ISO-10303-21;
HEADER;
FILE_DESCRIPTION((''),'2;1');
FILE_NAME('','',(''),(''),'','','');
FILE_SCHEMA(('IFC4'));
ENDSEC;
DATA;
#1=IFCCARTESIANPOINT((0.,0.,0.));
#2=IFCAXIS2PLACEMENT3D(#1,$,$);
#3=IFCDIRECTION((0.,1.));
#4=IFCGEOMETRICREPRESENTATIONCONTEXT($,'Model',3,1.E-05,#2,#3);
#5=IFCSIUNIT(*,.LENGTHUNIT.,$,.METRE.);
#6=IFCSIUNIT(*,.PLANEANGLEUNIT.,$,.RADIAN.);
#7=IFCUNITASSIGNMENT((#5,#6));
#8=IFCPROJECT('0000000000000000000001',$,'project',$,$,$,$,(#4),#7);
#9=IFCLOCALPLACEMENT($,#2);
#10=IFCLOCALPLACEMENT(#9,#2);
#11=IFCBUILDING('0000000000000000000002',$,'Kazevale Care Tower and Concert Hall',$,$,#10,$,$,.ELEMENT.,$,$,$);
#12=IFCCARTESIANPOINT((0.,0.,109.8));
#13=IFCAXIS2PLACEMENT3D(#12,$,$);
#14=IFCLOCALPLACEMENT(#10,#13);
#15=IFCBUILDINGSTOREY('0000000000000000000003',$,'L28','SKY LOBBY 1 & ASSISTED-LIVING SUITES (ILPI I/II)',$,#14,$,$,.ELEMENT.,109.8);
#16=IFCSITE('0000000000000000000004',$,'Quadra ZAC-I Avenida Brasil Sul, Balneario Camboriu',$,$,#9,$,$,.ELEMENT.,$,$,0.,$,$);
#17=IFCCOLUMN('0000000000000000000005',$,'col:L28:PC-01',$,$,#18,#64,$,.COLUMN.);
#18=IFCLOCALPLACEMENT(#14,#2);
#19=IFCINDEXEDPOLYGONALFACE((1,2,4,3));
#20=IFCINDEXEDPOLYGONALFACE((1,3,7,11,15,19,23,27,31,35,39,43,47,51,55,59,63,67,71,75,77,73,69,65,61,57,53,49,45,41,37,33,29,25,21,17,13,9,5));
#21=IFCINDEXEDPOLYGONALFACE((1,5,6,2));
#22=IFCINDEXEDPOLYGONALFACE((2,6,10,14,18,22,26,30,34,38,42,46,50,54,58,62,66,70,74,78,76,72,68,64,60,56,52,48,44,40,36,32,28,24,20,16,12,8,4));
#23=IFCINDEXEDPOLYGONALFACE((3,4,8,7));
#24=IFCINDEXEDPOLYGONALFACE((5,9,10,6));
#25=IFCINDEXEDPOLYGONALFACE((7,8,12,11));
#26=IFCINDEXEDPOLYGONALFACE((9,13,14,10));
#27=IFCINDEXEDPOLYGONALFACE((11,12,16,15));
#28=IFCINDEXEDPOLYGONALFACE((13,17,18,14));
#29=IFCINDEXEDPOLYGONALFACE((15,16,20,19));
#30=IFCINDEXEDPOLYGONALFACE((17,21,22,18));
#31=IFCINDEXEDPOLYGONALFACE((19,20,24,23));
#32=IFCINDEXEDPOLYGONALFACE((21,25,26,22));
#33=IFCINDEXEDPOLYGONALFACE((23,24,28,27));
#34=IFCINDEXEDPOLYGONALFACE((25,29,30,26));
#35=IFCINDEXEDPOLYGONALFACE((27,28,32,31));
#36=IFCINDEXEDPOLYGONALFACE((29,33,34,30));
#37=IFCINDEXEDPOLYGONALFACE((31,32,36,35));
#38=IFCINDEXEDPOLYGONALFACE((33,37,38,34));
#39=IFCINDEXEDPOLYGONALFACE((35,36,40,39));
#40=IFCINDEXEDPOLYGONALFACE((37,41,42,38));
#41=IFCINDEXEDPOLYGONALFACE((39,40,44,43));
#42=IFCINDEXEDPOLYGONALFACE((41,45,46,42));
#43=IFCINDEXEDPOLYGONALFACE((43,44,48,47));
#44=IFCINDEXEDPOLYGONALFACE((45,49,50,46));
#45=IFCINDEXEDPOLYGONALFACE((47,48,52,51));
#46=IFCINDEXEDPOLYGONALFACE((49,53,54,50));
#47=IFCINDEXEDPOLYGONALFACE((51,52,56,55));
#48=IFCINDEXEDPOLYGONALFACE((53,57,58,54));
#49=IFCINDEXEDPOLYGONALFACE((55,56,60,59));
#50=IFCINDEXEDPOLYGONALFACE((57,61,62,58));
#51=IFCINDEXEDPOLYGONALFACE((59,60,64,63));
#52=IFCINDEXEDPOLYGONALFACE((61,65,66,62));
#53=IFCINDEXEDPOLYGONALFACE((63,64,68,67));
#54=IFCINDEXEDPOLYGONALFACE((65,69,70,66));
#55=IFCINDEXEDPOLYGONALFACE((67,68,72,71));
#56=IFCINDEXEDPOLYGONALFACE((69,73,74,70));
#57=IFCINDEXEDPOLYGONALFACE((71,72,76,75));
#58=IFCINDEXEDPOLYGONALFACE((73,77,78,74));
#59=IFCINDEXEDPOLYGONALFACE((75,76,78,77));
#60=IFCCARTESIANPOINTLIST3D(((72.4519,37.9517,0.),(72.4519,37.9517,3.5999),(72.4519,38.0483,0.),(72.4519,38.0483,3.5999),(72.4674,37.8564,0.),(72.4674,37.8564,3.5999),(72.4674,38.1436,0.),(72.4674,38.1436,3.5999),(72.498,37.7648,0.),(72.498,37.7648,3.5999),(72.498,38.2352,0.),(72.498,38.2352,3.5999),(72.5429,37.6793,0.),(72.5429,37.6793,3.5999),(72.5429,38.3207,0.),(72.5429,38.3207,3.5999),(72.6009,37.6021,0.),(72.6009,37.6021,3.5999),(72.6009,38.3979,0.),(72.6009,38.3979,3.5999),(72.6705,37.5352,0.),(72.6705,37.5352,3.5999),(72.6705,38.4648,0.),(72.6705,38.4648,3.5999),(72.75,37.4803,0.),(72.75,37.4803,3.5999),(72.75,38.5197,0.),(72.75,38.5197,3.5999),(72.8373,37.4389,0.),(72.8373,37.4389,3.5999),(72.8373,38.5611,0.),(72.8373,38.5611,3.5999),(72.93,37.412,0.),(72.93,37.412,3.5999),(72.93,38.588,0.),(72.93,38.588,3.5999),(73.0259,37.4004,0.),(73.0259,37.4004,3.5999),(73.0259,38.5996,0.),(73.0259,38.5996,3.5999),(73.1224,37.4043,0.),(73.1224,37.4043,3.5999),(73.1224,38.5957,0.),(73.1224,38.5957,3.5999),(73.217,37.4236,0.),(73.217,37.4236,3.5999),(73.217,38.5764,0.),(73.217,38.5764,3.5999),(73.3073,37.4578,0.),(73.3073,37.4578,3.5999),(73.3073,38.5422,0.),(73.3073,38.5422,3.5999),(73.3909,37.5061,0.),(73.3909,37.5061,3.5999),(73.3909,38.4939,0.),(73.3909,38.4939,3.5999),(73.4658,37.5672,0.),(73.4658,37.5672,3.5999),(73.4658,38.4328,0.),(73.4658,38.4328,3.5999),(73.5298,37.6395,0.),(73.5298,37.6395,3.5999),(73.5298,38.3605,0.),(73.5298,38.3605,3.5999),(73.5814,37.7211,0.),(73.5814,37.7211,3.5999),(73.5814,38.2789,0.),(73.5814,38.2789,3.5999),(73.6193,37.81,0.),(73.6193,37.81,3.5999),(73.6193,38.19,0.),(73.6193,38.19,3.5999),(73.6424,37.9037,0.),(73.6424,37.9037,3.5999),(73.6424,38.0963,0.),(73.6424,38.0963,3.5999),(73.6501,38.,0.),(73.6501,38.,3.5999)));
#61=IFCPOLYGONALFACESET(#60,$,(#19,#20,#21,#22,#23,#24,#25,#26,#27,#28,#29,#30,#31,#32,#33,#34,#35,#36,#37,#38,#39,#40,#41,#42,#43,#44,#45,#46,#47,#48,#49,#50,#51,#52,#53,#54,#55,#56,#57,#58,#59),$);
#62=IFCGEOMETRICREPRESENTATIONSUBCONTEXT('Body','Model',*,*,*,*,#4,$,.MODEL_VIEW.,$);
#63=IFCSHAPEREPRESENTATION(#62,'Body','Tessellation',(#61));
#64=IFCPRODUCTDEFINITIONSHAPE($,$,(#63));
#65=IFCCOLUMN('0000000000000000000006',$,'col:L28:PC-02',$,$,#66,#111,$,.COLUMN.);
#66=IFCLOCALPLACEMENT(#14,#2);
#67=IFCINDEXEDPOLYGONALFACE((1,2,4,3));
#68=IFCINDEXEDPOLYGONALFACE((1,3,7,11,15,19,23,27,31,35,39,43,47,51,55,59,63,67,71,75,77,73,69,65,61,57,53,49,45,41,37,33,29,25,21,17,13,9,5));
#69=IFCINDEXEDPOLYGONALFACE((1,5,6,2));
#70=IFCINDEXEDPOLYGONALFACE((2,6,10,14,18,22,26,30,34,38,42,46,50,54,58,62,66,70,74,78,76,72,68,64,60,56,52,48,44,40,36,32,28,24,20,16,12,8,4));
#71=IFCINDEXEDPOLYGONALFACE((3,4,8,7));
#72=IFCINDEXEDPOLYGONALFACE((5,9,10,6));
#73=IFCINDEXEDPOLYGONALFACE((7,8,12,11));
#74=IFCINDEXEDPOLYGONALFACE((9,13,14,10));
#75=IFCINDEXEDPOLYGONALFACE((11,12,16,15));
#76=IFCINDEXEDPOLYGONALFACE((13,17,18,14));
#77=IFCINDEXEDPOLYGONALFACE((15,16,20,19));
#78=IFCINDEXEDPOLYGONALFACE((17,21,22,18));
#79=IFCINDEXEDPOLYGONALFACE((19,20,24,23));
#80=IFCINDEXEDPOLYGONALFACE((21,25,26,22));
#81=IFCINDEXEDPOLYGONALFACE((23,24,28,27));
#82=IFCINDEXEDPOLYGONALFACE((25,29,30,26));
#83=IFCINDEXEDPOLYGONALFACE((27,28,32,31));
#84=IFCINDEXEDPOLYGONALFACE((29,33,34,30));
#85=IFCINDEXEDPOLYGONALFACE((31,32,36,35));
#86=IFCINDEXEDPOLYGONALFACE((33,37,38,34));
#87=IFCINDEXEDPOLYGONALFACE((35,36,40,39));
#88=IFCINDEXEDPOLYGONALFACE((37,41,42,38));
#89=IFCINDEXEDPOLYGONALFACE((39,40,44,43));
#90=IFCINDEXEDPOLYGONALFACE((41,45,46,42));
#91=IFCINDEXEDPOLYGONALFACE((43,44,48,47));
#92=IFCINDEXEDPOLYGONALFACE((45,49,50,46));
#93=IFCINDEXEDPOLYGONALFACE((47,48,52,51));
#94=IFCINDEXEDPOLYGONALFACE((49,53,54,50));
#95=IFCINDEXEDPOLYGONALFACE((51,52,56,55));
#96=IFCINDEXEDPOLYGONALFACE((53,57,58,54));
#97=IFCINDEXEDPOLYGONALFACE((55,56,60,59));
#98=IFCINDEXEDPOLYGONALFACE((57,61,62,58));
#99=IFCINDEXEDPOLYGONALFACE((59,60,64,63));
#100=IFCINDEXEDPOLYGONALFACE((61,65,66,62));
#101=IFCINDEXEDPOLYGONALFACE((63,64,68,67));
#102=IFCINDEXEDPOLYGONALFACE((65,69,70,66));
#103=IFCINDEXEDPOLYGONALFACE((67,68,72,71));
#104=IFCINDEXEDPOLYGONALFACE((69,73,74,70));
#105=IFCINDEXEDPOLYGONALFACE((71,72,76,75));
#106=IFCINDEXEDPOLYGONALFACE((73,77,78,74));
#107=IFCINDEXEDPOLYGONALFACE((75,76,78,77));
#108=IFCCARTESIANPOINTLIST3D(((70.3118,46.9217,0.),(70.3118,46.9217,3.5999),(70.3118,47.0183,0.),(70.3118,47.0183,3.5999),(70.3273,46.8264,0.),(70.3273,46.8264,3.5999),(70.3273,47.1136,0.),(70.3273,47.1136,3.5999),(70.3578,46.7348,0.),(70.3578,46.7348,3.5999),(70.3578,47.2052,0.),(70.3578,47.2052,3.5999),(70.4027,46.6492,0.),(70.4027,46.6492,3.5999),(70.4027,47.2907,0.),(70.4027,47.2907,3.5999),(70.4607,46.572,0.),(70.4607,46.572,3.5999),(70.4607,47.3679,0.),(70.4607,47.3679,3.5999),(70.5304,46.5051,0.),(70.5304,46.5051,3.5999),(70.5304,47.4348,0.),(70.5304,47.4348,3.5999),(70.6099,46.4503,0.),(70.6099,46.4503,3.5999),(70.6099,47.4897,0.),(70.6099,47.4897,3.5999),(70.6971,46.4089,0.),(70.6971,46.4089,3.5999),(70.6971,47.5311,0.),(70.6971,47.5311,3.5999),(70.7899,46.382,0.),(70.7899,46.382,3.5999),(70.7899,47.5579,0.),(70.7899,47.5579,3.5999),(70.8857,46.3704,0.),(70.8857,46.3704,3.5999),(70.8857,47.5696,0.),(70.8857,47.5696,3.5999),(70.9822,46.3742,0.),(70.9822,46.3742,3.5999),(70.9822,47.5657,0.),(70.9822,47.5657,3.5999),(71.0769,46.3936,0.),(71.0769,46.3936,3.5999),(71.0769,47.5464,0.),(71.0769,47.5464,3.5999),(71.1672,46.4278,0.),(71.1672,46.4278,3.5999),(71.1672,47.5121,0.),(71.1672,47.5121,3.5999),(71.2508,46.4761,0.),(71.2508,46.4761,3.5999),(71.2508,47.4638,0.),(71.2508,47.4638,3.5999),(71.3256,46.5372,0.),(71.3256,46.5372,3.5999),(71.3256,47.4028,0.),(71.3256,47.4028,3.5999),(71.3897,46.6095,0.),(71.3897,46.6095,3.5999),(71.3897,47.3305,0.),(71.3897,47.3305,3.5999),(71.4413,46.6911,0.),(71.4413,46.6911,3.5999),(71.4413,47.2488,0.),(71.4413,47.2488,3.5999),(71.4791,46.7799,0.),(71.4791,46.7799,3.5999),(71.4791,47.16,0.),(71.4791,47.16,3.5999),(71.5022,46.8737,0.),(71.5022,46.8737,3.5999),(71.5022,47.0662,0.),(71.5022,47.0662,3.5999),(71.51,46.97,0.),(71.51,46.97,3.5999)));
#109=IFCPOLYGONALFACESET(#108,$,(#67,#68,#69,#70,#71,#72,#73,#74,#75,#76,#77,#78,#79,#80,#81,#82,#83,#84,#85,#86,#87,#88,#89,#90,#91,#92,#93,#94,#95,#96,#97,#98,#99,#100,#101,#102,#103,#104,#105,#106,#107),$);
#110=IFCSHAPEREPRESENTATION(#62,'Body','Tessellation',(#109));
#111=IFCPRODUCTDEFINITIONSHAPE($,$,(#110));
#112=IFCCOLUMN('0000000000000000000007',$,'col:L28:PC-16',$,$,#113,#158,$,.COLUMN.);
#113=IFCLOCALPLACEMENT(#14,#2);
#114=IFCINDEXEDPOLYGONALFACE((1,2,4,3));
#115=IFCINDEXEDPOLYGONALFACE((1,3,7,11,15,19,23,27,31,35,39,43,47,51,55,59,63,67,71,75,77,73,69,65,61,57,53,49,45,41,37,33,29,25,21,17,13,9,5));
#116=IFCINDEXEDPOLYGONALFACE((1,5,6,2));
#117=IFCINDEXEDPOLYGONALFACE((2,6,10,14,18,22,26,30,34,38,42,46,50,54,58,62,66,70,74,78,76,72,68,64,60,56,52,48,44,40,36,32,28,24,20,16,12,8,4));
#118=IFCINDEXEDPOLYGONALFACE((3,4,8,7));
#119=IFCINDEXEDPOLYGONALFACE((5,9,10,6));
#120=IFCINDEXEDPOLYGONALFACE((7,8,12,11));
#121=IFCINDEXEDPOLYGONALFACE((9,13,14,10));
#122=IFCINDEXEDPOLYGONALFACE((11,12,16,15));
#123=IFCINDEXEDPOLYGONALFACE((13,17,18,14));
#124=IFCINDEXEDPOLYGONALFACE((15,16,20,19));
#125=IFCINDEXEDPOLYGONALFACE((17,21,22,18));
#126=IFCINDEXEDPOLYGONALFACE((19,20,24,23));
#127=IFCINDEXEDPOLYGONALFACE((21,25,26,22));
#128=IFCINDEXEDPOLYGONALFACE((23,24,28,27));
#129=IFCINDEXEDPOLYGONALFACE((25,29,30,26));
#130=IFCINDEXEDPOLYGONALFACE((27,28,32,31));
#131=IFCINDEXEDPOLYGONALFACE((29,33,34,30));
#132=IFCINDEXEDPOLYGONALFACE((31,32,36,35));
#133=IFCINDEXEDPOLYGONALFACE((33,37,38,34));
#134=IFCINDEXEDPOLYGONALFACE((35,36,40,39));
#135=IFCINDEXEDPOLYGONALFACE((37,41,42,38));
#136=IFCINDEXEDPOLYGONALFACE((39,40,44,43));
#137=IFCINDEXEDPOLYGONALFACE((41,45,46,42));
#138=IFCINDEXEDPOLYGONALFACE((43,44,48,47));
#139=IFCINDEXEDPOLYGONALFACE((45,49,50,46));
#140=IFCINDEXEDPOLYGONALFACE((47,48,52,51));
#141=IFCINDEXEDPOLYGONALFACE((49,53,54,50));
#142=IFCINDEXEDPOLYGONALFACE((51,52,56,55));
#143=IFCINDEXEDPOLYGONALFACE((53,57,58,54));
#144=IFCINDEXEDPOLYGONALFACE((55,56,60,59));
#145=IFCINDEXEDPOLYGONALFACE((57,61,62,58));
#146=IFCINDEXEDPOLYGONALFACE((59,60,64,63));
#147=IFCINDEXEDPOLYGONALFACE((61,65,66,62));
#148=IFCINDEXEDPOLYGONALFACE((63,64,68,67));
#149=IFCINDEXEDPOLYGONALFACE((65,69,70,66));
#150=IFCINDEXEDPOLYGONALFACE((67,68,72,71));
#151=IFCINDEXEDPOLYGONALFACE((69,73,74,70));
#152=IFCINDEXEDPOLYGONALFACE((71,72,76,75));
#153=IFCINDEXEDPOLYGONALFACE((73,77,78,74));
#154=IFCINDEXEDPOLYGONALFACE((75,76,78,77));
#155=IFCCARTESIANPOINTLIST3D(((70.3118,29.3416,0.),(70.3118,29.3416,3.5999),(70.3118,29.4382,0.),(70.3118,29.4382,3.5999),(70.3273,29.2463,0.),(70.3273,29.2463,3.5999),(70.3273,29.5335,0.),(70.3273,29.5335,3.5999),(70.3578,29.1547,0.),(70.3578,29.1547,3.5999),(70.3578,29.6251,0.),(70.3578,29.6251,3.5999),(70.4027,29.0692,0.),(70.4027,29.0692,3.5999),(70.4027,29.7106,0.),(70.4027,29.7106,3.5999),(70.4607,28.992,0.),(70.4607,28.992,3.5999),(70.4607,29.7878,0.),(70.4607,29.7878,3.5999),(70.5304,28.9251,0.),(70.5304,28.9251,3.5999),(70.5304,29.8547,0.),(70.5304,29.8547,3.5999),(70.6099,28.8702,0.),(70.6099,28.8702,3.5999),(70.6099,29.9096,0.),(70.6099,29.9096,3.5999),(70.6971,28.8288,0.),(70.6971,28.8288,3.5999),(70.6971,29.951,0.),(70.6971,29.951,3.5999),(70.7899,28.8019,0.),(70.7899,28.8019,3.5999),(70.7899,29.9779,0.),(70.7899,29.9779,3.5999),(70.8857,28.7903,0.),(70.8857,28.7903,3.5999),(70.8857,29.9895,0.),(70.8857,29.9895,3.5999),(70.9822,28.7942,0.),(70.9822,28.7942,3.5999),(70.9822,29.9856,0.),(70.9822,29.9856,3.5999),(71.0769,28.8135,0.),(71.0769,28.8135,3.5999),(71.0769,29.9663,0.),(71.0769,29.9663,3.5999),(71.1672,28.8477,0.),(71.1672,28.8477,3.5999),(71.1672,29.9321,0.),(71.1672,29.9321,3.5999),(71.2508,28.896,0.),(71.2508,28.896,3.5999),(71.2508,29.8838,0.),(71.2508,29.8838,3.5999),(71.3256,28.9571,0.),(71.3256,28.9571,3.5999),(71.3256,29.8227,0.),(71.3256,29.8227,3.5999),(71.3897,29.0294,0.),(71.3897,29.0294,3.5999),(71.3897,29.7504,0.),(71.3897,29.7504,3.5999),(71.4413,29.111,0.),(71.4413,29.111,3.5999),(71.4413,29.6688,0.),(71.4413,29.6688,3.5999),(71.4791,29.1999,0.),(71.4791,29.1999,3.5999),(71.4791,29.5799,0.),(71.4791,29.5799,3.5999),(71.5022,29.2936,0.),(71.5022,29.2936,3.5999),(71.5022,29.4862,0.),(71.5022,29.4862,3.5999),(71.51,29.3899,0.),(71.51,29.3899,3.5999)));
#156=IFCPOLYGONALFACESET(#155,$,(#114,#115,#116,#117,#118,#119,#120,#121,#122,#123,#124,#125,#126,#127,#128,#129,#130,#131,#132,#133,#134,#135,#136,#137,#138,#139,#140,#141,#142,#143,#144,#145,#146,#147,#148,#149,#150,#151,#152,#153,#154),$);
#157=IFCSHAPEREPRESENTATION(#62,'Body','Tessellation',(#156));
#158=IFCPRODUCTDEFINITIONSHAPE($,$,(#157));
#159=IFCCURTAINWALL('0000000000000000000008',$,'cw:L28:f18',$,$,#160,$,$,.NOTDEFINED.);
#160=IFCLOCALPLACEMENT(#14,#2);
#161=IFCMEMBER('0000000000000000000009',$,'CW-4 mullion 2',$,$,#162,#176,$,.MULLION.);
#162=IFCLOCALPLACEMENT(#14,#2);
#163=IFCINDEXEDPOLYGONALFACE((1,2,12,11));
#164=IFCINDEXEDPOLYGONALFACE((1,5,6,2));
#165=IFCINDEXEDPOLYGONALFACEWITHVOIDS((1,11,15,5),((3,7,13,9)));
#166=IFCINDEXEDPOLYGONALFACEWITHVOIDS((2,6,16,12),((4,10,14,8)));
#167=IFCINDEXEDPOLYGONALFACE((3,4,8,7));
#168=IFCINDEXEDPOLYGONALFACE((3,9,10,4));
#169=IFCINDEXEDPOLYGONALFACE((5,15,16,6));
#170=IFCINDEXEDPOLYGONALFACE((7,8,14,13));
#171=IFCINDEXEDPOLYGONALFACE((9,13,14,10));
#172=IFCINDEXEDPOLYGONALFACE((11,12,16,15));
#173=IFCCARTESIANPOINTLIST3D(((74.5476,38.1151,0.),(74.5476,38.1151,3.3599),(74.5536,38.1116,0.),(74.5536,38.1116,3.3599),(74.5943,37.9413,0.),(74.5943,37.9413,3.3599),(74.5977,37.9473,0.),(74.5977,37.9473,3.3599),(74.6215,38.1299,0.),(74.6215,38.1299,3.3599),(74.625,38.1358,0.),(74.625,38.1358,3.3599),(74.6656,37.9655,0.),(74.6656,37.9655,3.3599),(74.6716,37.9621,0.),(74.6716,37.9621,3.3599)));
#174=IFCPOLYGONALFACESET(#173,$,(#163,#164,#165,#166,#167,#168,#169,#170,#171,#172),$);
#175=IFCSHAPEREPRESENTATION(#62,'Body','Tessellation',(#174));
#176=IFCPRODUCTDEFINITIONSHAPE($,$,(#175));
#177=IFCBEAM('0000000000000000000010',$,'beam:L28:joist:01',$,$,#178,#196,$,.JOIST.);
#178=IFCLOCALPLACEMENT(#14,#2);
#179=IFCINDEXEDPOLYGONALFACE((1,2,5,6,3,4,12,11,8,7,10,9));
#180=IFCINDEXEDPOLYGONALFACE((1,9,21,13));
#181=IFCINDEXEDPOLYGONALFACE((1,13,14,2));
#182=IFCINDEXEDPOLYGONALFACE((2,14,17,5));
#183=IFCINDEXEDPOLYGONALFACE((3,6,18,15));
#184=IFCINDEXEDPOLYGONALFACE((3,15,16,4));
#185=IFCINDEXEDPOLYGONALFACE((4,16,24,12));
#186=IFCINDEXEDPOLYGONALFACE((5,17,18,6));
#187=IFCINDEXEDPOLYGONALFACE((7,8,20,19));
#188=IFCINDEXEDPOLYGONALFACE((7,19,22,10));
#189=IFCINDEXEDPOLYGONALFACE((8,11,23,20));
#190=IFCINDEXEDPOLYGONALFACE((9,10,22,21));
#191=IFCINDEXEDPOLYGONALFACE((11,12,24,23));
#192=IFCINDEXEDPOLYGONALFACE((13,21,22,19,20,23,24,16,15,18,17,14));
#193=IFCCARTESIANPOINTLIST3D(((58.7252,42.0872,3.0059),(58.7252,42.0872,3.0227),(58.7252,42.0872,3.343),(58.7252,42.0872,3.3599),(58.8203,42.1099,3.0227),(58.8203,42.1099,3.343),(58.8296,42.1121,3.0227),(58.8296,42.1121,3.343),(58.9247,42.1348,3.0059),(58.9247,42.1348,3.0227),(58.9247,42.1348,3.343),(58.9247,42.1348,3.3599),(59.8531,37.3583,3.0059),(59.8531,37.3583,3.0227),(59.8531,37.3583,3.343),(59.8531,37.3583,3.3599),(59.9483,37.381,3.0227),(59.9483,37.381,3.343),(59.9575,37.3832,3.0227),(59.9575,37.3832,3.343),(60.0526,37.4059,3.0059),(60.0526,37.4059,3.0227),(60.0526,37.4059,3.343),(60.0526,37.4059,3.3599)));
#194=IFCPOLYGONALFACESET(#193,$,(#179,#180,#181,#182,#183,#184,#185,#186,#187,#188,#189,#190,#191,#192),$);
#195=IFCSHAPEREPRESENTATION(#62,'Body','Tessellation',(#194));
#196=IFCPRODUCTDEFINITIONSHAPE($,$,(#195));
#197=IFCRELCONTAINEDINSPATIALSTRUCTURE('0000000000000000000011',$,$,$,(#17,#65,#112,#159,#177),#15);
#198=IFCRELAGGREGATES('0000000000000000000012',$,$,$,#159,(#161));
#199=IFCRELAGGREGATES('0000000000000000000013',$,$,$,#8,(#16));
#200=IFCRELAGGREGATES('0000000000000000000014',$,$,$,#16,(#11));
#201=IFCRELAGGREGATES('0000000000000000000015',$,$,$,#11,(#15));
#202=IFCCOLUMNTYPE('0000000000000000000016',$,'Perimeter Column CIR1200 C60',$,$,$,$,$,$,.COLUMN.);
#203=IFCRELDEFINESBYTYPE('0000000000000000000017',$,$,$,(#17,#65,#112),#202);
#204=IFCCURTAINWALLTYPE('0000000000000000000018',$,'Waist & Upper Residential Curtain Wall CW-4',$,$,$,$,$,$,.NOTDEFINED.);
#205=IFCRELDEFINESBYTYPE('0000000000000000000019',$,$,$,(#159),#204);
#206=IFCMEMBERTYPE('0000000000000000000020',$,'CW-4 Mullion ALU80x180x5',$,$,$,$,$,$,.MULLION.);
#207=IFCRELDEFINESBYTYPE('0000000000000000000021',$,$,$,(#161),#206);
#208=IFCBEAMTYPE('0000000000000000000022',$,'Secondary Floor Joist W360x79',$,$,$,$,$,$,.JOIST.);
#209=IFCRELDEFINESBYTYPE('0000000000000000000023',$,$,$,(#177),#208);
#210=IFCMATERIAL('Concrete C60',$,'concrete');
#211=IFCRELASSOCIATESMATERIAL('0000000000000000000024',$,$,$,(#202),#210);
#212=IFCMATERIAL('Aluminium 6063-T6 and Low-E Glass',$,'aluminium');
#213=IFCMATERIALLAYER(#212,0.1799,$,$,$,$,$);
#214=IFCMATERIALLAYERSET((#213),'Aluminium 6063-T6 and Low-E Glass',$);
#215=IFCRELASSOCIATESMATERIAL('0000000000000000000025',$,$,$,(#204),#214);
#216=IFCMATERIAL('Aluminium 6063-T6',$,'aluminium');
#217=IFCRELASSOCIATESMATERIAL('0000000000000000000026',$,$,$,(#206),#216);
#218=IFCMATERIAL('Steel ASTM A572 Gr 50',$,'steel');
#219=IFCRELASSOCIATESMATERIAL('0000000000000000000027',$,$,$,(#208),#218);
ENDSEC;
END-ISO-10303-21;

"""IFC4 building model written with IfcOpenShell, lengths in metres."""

from ifc_helpers import new_model, si_unit, direction, frame, origin, origin_2d, place, context, subcontext, project, spatial, hollow_rectangle, circle, i_section, extrude, material, layer, layer_set, material_profile, profile_set, type_object, element, aggregate, save


model = new_model("IFC4")

# Units and contexts
model_context = context("Model", 3, precision=1e-05, world=origin(), true_north=direction((0.0, 1.0)))
body_context = subcontext(model_context, "Body", "Model", "MODEL_VIEW")
ifc_project = project(units=[si_unit("LENGTHUNIT", "METRE"), si_unit("PLANEANGLEUNIT", "RADIAN")], contexts=[model_context])

# Site, building, storey
site_placement = place(None, origin())
site = spatial("IfcSite", under=ifc_project, at=site_placement, Name="Quadra ZAC-I Avenida Brasil Sul, Balneario Camboriu", CompositionType="ELEMENT", RefElevation=0.0)
building_placement = place(site_placement, origin())
building = spatial("IfcBuilding", under=site, at=building_placement, Name="Kazevale Care Tower and Concert Hall", CompositionType="ELEMENT")
storey_placement = place(building_placement, frame((0.0, 0.0, 109.8)))
storey = spatial("IfcBuildingStorey", under=building, at=storey_placement, Name="L28", Description="SKY LOBBY 1 & ASSISTED-LIVING SUITES (ILPI I/II)", CompositionType="ELEMENT", Elevation=109.8)

# Columns
ifc_material_1 = material(Name="Concrete C60", Category="concrete")
ifc_material_profile_1 = material_profile(ifc_material_1, circle(Radius=0.6001, at=origin_2d()), Name="RC-CIR1200")
ifc_profile_set_1 = profile_set([ifc_material_profile_1], Name="Concrete C60")
column_type = type_object("IfcColumnType", Name="Perimeter Column CIR1200 C60", PredefinedType="COLUMN", material=ifc_profile_set_1)
for number, where, z_axis, x_axis, name in (
    (1, (73.05, 38.0, 0.0), (0.0, 0.0, 1.0), (1.0, 0.0, 0.0), "col:L28:PC-01"),
    (2, (70.9099, 46.97, 0.0), (0.0, 0.0, 1.0), (1.0, 0.0, 0.0), "col:L28:PC-02"),
    (3, (70.9099, 29.3899, 0.0), (0.0, 0.0, 1.0), (1.0, 0.0, 0.0), "col:L28:PC-16"),
):
    element("IfcColumn", number, at=place(storey_placement, frame(where, z_axis=z_axis, x_axis=x_axis)), inside=storey, type_object=column_type, Name=name, PredefinedType="COLUMN", context=body_context, shape_type="SweptSolid", body=[
        extrude(circle(Radius=0.6001, at=origin_2d()), origin(), (0.0, 0.0, 1.0), 3.5999),
    ])

# Curtain wall, member
ifc_material_2 = material(Name="Aluminium 6063-T6 and Low-E Glass", Category="aluminium")
ifc_layer_1 = layer(ifc_material_2, 0.1799)
ifc_layer_set_1 = layer_set([ifc_layer_1], Name="Aluminium 6063-T6 and Low-E Glass")
curtain_wall_type = type_object("IfcCurtainWallType", Name="Waist & Upper Residential Curtain Wall CW-4", PredefinedType="NOTDEFINED", material=ifc_layer_set_1)
curtain_wall_placement = place(storey_placement, origin())
curtain_wall = element("IfcCurtainWall", 4, at=curtain_wall_placement, inside=storey, type_object=curtain_wall_type, Name="cw:L28:f18", PredefinedType="NOTDEFINED")
ifc_material_3 = material(Name="Aluminium 6063-T6", Category="aluminium")
ifc_material_profile_2 = material_profile(ifc_material_3, hollow_rectangle(XDim=0.0801, YDim=0.1799, WallThickness=0.0049, at=origin_2d()), Name="ALU80x180x5")
ifc_profile_set_2 = profile_set([ifc_material_profile_2], Name="Aluminium 6063-T6")
member_type = type_object("IfcMemberType", Name="CW-4 Mullion ALU80x180x5", PredefinedType="MULLION", material=ifc_profile_set_2)
member_placement = place(storey_placement, frame((74.6096, 38.0386, 0.0), z_axis=(0.0, 0.0, 1.0), x_axis=(0.965806, 0.259265, 0.0)))
member = element("IfcMember", 5, at=member_placement, type_object=member_type, Name="CW-4 mullion 2", PredefinedType="MULLION", context=body_context, shape_type="SweptSolid", body=[
    extrude(hollow_rectangle(XDim=0.0801, YDim=0.1799, WallThickness=0.0049, at=origin_2d()), origin(), (0.0, 0.0, 1.0), 3.3599),
])

# Beam
ifc_material_4 = material(Name="Steel ASTM A572 Gr 50", Category="steel")
ifc_material_profile_3 = material_profile(ifc_material_4, i_section(OverallWidth=0.2051, OverallDepth=0.354, WebThickness=0.0095, FlangeThickness=0.0168, at=origin_2d()), Name="W360x79")
ifc_profile_set_3 = profile_set([ifc_material_profile_3], Name="Steel ASTM A572 Gr 50")
beam_type_1 = type_object("IfcBeamType", Name="Secondary Floor Joist W360x79", PredefinedType="JOIST", material=ifc_profile_set_3)
beam_1_placement = place(storey_placement, frame((59.9529, 37.3821, 3.1829), z_axis=(-0.232005, 0.972715, 0.0), x_axis=(-0.972715, -0.232005, 0.0)))
element("IfcBeam", 6, at=beam_1_placement, inside=storey, type_object=beam_type_1, Name="beam:L28:joist:01", PredefinedType="JOIST", context=body_context, shape_type="SweptSolid", body=[
    extrude(i_section(OverallWidth=0.2051, OverallDepth=0.354, WebThickness=0.0095, FlangeThickness=0.0168, at=origin_2d()), origin(), (0.0, 0.0, 1.0), 4.8616),
])

aggregate(curtain_wall, [member])

save(model, "model.ifc")
